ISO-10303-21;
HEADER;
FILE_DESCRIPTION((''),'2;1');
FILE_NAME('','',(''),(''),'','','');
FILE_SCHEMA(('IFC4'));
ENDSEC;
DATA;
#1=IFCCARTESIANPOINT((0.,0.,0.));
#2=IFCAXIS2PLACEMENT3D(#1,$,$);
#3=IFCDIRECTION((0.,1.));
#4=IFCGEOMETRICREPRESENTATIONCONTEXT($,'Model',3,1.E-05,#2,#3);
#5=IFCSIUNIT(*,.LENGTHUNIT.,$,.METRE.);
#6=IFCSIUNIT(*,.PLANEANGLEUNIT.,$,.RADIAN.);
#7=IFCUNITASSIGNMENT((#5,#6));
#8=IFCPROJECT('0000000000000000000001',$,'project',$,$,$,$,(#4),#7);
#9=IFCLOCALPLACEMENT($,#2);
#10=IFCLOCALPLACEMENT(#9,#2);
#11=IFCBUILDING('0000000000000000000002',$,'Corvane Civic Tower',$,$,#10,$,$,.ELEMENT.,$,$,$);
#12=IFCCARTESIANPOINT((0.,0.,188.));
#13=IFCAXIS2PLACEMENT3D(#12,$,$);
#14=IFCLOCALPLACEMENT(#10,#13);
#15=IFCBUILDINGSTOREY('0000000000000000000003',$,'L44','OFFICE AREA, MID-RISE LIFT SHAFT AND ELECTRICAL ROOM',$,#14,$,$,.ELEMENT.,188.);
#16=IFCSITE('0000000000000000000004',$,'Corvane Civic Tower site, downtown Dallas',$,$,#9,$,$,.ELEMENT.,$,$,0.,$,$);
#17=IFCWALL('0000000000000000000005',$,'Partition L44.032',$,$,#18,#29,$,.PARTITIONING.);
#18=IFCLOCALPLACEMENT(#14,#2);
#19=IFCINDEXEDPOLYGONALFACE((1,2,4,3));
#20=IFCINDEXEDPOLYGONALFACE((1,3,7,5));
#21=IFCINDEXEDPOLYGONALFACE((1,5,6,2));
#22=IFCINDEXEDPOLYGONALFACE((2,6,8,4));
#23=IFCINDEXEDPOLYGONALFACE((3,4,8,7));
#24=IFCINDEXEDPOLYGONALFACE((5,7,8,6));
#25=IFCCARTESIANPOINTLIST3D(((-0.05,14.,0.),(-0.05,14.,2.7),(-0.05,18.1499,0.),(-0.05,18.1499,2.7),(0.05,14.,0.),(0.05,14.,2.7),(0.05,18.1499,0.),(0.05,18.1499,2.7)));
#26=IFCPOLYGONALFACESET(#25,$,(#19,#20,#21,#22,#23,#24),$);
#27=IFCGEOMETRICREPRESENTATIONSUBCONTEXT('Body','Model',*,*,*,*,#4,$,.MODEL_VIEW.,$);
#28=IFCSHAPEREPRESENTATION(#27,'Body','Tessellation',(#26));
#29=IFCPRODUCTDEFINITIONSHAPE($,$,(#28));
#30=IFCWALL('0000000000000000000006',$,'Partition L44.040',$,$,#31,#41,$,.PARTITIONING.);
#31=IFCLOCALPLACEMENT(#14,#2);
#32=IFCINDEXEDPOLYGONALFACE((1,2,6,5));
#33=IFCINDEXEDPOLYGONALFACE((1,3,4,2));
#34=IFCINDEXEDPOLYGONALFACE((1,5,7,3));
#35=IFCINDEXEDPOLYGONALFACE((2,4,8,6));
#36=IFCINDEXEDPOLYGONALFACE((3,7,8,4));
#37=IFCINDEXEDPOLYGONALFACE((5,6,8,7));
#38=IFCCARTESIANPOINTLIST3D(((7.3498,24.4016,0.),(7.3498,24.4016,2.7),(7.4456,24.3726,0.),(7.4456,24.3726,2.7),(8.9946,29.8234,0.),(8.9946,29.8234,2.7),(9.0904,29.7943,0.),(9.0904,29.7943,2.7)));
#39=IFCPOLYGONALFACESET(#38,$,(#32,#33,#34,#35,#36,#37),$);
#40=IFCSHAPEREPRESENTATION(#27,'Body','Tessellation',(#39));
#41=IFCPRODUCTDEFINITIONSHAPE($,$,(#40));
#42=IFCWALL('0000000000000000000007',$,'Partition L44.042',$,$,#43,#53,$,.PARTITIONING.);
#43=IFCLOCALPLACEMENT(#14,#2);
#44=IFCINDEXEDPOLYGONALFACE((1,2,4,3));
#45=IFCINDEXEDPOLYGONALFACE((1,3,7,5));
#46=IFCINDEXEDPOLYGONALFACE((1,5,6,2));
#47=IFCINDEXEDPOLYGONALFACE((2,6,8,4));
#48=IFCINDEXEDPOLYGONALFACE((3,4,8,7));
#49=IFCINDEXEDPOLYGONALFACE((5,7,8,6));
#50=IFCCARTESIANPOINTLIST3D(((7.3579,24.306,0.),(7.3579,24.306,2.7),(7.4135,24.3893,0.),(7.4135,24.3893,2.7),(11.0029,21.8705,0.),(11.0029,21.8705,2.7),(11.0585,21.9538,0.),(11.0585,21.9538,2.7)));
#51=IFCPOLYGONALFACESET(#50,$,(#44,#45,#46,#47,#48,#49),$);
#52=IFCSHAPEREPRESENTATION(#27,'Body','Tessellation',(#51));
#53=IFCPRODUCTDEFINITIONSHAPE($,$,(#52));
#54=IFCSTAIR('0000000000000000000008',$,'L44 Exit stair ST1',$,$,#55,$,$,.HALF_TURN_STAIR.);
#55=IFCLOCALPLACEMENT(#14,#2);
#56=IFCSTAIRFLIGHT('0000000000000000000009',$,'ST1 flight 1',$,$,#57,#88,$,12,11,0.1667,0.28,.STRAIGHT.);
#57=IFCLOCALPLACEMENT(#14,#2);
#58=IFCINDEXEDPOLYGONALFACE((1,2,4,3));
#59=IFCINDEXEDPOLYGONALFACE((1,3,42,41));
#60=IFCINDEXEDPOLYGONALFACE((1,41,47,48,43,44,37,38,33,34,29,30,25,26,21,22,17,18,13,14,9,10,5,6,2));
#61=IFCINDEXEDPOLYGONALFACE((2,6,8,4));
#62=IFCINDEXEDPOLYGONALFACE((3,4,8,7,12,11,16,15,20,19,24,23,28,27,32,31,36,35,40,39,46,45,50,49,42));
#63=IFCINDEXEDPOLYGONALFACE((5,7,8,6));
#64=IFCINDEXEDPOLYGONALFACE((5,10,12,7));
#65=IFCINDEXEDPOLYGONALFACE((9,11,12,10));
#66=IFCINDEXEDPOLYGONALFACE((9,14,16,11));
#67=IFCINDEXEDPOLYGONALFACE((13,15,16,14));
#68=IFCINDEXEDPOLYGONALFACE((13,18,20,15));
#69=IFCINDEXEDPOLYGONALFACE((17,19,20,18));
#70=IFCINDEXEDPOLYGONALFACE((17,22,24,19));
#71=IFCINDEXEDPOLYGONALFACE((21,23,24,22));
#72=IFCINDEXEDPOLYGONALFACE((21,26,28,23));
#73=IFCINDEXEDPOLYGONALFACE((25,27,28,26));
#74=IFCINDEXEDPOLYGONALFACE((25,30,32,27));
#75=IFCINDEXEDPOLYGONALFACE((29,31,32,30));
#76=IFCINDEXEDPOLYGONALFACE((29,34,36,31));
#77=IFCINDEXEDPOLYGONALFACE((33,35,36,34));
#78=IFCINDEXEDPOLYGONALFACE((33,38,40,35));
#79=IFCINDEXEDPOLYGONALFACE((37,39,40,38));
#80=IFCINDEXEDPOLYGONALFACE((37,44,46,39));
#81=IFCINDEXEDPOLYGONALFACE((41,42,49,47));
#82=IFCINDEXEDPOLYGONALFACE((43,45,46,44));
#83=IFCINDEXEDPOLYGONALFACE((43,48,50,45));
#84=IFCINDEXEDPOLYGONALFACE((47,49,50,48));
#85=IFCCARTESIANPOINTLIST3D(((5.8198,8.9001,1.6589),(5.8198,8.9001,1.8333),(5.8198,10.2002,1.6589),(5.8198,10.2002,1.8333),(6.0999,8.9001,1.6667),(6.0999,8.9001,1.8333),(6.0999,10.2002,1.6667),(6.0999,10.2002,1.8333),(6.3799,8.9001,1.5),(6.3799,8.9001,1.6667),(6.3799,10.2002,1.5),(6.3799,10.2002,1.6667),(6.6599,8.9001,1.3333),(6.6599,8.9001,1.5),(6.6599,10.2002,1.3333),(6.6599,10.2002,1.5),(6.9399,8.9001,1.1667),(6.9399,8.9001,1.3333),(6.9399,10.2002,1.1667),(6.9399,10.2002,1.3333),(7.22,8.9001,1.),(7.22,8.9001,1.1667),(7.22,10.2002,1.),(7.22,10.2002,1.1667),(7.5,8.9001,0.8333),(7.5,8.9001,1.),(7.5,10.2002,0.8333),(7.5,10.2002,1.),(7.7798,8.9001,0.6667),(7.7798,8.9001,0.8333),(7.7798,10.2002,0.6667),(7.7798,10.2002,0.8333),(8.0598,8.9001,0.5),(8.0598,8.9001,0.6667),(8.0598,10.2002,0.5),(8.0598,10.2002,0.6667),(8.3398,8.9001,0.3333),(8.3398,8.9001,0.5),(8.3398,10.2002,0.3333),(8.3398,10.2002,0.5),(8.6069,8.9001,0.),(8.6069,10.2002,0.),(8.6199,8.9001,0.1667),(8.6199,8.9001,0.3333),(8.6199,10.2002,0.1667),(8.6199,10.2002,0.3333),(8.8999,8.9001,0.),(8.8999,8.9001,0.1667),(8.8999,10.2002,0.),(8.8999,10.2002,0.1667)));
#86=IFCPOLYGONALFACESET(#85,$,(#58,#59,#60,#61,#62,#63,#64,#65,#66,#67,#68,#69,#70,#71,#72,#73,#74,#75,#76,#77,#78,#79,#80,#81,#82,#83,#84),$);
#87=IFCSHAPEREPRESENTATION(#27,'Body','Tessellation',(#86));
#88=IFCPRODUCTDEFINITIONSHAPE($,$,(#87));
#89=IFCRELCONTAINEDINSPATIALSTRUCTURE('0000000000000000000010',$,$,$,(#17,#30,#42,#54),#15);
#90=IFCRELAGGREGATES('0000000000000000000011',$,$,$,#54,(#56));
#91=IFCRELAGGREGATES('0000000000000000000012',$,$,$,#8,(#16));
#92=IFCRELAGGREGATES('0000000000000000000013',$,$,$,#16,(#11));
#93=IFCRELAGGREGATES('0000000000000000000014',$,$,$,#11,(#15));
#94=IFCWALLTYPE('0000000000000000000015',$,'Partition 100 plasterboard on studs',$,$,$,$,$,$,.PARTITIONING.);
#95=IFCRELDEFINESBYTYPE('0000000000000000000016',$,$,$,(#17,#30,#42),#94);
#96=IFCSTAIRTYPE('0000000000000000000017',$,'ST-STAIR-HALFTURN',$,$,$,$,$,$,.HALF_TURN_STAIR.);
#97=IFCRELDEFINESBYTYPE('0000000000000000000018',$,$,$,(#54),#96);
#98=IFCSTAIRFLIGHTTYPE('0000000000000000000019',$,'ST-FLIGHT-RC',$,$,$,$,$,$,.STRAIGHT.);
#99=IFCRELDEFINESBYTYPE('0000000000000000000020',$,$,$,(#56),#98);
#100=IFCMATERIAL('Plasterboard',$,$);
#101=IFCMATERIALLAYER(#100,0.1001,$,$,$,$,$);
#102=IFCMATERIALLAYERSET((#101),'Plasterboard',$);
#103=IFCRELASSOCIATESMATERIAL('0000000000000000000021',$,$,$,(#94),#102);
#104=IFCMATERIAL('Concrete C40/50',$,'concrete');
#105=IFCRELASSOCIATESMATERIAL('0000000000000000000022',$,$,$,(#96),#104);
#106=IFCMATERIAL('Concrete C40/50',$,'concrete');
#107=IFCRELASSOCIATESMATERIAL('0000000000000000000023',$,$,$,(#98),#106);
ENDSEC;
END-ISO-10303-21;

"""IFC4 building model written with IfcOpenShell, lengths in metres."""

from ifc_helpers import new_model, si_unit, direction, frame, frame_2d, origin, place, context, subcontext, project, spatial, polyline, rectangle, outline, extrude, material, layer, layer_set, type_object, element, aggregate, save


model = new_model("IFC4")

# Units and contexts
model_context = context("Model", 3, precision=1e-05, world=origin(), true_north=direction((0.0, 1.0)))
body_context = subcontext(model_context, "Body", "Model", "MODEL_VIEW")
ifc_project = project(units=[si_unit("LENGTHUNIT", "METRE"), si_unit("PLANEANGLEUNIT", "RADIAN")], contexts=[model_context])

# Site, building, storey
site_placement = place(None, origin())
site = spatial("IfcSite", under=ifc_project, at=site_placement, Name="Corvane Civic Tower site, downtown Dallas", CompositionType="ELEMENT", RefElevation=0.0)
building_placement = place(site_placement, origin())
building = spatial("IfcBuilding", under=site, at=building_placement, Name="Corvane Civic Tower", CompositionType="ELEMENT")
storey_placement = place(building_placement, frame((0.0, 0.0, 188.0)))
storey = spatial("IfcBuildingStorey", under=building, at=storey_placement, Name="L44", Description="OFFICE AREA, MID-RISE LIFT SHAFT AND ELECTRICAL ROOM", CompositionType="ELEMENT", Elevation=188.0)

# Walls
ifc_material_1 = material(Name="Plasterboard")
ifc_layer_1 = layer(ifc_material_1, 0.1001)
ifc_layer_set_1 = layer_set([ifc_layer_1], Name="Plasterboard")
wall_type_1 = type_object("IfcWallType", Name="Partition 100 plasterboard on studs", PredefinedType="PARTITIONING", material=ifc_layer_set_1)
wall_1_placement = place(storey_placement, frame((0.0, 14.0, 0.0), z_axis=(0.0, 0.0, 1.0), x_axis=(0.0, 1.0, 0.0)))
element("IfcWall", 1, at=wall_1_placement, inside=storey, type_object=wall_type_1, Name="Partition L44.032", PredefinedType="PARTITIONING", context=body_context, shape_type="SweptSolid", body=[
    extrude(rectangle(XDim=4.1499, YDim=0.1001, at=frame_2d((2.075, 0.0))), origin(), (0.0, 0.0, 1.0), 2.7),
])
wall_2_placement = place(storey_placement, frame((7.3977, 24.387, 0.0), z_axis=(0.0, 0.0, 1.0), x_axis=(0.290296, 0.956937, 0.0)))
element("IfcWall", 2, at=wall_2_placement, inside=storey, type_object=wall_type_1, Name="Partition L44.040", PredefinedType="PARTITIONING", context=body_context, shape_type="SweptSolid", body=[
    extrude(rectangle(XDim=5.6658, YDim=0.1001, at=frame_2d((2.833, 0.0))), origin(), (0.0, 0.0, 1.0), 2.7),
])
wall_3_placement = place(storey_placement, frame((7.3857, 24.3477, 0.0), z_axis=(0.0, 0.0, 1.0), x_axis=(0.831467, -0.555574, 0.0)))
element("IfcWall", 3, at=wall_3_placement, inside=storey, type_object=wall_type_1, Name="Partition L44.042", PredefinedType="PARTITIONING", context=body_context, shape_type="SweptSolid", body=[
    extrude(rectangle(XDim=4.3838, YDim=0.1001, at=frame_2d((2.1919, 0.0))), origin(), (0.0, 0.0, 1.0), 2.7),
])

# Stair, stair flight
ifc_material_2 = material(Name="Concrete C40/50", Category="concrete")
stair_type = type_object("IfcStairType", Name="ST-STAIR-HALFTURN", PredefinedType="HALF_TURN_STAIR", material=ifc_material_2)
stair_placement = place(storey_placement, origin())
stair = element("IfcStair", 4, at=stair_placement, inside=storey, type_object=stair_type, Name="L44 Exit stair ST1", PredefinedType="HALF_TURN_STAIR")
ifc_material_3 = material(Name="Concrete C40/50", Category="concrete")
stair_flight_type = type_object("IfcStairFlightType", Name="ST-FLIGHT-RC", PredefinedType="STRAIGHT", material=ifc_material_3)
stair_flight_placement = place(storey_placement, frame((8.8999, 9.55, 0.0), z_axis=(0.0, 0.0, 1.0), x_axis=(-1.0, 0.0, 0.0)))
stair_flight = element("IfcStairFlight", 5, at=stair_flight_placement, type_object=stair_flight_type, Name="ST1 flight 1", NumberOfRisers=12, NumberOfTreads=11, PredefinedType="STRAIGHT", RiserHeight=0.1667, TreadLength=0.28, context=body_context, shape_type="SweptSolid", body=[
    extrude(outline(polyline([(0.0, 0.0), (0.0, 0.1667), (0.28, 0.1667), (0.28, 0.3333), (0.5601, 0.3333), (0.5601, 0.5), (0.8401, 0.5), (0.8401, 0.6667), (1.1201, 0.6667), (1.1201, 0.8333), (1.3999, 0.8333), (1.3999, 1.0), (1.6799, 1.0), (1.6799, 1.1667), (1.96, 1.1667), (1.96, 1.3333), (2.24, 1.3333), (2.24, 1.5), (2.52, 1.5), (2.52, 1.6667), (2.8, 1.6667), (2.8, 1.8333), (3.0801, 1.8333), (3.0801, 2.0), (3.0801, 1.6589), (0.293, 0.0), (0.0, 0.0)])), frame((0.0, 0.6499, 0.0), z_axis=(0.0, -1.0, 0.0), x_axis=(1.0, 0.0, 0.0)), (0.0, 0.0, 1.0), 1.3),
])
aggregate(stair, [stair_flight])

save(model, "model.ifc")
